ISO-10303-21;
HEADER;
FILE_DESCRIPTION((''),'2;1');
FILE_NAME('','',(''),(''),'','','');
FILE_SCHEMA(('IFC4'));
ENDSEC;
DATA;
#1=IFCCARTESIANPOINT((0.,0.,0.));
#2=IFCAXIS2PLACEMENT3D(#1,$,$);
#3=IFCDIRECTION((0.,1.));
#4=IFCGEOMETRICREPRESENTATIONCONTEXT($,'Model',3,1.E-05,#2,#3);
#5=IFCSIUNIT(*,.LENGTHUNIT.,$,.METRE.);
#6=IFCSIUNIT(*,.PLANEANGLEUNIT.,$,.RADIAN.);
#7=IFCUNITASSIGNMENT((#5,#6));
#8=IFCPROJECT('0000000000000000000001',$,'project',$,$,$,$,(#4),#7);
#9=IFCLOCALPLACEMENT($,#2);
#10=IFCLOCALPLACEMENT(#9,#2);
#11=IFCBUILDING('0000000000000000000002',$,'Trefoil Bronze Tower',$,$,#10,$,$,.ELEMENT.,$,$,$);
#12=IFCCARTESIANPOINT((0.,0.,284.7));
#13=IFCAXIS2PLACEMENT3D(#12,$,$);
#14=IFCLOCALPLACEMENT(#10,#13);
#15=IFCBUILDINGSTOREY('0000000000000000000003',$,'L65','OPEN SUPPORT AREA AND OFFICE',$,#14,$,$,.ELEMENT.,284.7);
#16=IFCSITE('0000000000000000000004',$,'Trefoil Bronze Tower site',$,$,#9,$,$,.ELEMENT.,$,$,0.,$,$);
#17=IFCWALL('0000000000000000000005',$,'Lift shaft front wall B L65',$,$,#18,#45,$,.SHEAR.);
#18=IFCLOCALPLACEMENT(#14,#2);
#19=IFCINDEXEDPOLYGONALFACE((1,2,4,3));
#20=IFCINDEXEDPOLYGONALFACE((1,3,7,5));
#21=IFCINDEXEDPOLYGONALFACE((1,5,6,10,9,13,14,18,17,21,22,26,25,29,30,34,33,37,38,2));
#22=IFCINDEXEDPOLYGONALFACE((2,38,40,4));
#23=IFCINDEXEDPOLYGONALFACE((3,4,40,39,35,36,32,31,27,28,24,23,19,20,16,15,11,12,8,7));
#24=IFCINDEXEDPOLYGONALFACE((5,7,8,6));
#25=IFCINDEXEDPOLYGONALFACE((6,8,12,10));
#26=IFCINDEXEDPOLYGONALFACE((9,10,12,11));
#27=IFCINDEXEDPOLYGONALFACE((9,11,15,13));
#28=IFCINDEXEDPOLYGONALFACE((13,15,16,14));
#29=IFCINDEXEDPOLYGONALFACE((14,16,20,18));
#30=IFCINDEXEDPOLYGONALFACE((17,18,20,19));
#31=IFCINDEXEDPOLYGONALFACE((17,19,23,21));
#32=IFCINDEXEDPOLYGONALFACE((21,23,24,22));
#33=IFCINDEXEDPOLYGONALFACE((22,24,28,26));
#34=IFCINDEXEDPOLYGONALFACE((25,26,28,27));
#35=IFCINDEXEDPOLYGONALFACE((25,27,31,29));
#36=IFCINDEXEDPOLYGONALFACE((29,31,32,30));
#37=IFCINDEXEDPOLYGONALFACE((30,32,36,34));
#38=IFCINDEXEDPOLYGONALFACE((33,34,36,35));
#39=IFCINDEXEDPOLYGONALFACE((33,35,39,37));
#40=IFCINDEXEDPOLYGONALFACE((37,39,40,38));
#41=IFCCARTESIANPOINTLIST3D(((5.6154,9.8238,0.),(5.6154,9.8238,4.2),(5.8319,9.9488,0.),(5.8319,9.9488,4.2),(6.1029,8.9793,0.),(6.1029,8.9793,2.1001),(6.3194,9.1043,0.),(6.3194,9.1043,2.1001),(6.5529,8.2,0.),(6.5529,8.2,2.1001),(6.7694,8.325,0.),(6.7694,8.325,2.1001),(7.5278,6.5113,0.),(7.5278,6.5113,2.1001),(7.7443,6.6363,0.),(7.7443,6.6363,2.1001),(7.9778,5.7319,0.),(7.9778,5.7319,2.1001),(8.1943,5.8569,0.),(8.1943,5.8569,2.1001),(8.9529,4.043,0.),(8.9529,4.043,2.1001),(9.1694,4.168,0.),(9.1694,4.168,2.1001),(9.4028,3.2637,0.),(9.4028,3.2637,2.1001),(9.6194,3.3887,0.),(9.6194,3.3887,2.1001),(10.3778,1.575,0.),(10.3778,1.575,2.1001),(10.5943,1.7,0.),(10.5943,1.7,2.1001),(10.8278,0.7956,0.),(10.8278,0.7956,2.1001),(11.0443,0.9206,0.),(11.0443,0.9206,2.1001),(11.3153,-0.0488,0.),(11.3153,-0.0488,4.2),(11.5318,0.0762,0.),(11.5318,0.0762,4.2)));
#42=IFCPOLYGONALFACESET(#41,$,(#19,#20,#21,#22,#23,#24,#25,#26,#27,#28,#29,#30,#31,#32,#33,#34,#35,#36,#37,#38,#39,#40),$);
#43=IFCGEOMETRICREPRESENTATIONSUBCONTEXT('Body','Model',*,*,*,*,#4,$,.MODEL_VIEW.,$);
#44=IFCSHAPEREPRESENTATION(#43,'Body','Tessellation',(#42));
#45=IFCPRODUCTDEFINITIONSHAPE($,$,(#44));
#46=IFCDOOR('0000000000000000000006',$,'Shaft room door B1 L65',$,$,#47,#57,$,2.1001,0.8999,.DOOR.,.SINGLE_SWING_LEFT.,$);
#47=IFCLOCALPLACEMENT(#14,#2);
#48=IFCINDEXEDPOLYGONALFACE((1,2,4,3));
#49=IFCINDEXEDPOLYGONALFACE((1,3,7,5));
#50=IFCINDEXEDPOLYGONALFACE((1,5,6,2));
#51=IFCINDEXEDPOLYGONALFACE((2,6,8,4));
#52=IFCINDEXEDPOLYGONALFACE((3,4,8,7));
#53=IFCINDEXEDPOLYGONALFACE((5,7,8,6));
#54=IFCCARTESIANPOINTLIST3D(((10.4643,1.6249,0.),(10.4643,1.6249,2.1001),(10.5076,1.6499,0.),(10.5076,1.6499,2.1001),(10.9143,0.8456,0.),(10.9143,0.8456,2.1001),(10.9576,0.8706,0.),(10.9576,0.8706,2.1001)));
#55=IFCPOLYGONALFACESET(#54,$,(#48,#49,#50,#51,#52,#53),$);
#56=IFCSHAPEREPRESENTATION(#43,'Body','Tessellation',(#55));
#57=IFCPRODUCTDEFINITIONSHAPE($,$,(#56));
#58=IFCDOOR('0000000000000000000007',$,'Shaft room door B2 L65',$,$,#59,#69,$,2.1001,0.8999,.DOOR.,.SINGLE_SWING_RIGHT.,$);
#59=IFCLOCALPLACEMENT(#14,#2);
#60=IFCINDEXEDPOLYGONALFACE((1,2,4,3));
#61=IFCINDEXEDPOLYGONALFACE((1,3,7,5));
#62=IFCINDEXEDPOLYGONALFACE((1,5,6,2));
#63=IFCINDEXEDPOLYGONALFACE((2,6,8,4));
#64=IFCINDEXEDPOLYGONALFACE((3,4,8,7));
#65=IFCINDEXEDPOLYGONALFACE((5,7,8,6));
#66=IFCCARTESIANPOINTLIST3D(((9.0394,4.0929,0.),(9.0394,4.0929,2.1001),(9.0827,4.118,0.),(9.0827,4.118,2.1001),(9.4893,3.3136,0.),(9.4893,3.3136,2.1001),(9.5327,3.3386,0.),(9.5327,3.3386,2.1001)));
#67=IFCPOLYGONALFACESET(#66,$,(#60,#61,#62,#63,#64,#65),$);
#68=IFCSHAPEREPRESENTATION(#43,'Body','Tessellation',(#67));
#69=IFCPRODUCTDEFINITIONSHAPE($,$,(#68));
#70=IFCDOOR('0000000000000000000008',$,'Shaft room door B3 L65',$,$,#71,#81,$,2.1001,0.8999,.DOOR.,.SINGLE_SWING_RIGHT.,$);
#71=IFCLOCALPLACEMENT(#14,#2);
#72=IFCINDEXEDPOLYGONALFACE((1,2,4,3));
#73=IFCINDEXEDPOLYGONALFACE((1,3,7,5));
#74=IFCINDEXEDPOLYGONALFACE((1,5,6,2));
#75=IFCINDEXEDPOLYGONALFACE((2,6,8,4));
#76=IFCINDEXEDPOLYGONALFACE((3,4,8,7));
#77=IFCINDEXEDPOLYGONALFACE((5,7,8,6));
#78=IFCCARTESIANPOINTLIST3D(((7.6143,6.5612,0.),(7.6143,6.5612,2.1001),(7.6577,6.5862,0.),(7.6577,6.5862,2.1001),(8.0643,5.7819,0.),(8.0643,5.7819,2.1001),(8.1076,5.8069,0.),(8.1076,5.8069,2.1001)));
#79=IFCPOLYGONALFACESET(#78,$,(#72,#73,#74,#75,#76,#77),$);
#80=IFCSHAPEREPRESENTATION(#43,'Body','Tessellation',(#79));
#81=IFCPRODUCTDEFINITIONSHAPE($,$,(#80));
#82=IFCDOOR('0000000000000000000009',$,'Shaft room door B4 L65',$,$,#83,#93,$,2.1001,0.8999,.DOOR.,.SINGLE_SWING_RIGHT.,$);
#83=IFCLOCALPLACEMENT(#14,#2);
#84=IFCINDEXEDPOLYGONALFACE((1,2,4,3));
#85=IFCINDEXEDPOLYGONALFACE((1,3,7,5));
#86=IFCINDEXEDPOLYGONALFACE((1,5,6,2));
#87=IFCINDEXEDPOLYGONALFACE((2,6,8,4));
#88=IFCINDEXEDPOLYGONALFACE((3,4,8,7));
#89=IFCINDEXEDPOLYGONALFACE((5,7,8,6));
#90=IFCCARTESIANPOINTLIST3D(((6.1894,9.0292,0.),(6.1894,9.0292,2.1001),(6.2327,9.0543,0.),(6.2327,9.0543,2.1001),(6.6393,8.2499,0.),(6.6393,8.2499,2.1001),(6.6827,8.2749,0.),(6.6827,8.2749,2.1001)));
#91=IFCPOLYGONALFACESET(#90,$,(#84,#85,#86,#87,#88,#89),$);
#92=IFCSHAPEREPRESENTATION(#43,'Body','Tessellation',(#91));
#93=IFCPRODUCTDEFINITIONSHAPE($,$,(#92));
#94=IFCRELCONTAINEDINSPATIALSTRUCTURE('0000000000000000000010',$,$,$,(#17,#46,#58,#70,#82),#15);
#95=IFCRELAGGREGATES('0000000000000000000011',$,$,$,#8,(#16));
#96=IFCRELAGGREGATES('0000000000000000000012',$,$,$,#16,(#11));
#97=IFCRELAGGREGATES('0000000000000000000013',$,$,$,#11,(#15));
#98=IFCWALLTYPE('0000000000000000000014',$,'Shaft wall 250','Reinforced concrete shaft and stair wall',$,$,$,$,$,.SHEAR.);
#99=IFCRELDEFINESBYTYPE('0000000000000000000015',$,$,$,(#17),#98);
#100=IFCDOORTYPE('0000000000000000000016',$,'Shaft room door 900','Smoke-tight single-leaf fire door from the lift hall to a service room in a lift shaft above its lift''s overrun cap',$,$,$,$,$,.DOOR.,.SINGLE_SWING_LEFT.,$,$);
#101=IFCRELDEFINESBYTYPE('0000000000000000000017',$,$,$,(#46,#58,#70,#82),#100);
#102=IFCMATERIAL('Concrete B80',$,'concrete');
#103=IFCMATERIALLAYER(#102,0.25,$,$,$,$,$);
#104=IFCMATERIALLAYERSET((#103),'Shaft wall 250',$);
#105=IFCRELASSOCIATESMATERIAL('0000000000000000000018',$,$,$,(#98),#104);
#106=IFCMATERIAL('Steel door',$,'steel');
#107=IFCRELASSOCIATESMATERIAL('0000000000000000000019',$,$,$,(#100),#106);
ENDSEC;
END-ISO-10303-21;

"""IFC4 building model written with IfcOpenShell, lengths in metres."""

from ifc_helpers import new_model, si_unit, direction, frame, frame_2d, origin, place, context, subcontext, project, spatial, rectangle, extrude, material, layer, layer_set, type_object, element, fill, save


model = new_model("IFC4")

# Units and contexts
model_context = context("Model", 3, precision=1e-05, world=origin(), true_north=direction((0.0, 1.0)))
body_context = subcontext(model_context, "Body", "Model", "MODEL_VIEW")
ifc_project = project(units=[si_unit("LENGTHUNIT", "METRE"), si_unit("PLANEANGLEUNIT", "RADIAN")], contexts=[model_context])

# Site, building, storey
site_placement = place(None, origin())
site = spatial("IfcSite", under=ifc_project, at=site_placement, Name="Trefoil Bronze Tower site", CompositionType="ELEMENT", RefElevation=0.0)
building_placement = place(site_placement, origin())
building = spatial("IfcBuilding", under=site, at=building_placement, Name="Trefoil Bronze Tower", CompositionType="ELEMENT")
storey_placement = place(building_placement, frame((0.0, 0.0, 284.7)))
storey = spatial("IfcBuildingStorey", under=building, at=storey_placement, Name="L65", Description="OPEN SUPPORT AREA AND OFFICE", CompositionType="ELEMENT", Elevation=284.7)

# Wall, openings, doors
ifc_material_1 = material(Name="Concrete B80", Category="concrete")
ifc_layer_1 = layer(ifc_material_1, 0.25)
ifc_layer_set_1 = layer_set([ifc_layer_1], Name="Shaft wall 250")
wall_type_1 = type_object("IfcWallType", Name="Shaft wall 250", Description="Reinforced concrete shaft and stair wall", PredefinedType="SHEAR", material=ifc_layer_set_1)
wall_1_placement = place(storey_placement, frame((11.4236, 0.0137, 0.0), z_axis=(0.0, 0.0, 1.0), x_axis=(-0.500002, 0.866024, 0.0)))
wall_1 = element("IfcWall", 1, at=wall_1_placement, inside=storey, type_object=wall_type_1, Name="Lift shaft front wall B L65", PredefinedType="SHEAR", context=body_context, shape_type="SweptSolid", body=[
    extrude(rectangle(XDim=11.3999, YDim=0.25, at=frame_2d((5.7, 0.0))), origin(), (0.0, 0.0, 1.0), 4.2),
])
opening_1_placement = place(wall_1_placement, frame((0.9751, 0.0, 0.0)))
opening_1 = element("IfcOpeningElement", 2, at=opening_1_placement, cuts=wall_1, PredefinedType="OPENING", context=body_context, shape_type="SweptSolid", body=[
    extrude(rectangle(XDim=0.8999, YDim=2.1001, at=frame_2d((0.45, 1.05))), frame((0.0, 0.135, 0.0), z_axis=(0.0, -1.0, 0.0), x_axis=(1.0, 0.0, 0.0)), (0.0, 0.0, 1.0), 0.27),
])
opening_2_placement = place(wall_1_placement, frame((3.825, 0.0, 0.0)))
opening_2 = element("IfcOpeningElement", 3, at=opening_2_placement, cuts=wall_1, PredefinedType="OPENING", context=body_context, shape_type="SweptSolid", body=[
    extrude(rectangle(XDim=0.8999, YDim=2.1001, at=frame_2d((0.45, 1.05))), frame((0.0, 0.135, 0.0), z_axis=(0.0, -1.0, 0.0), x_axis=(1.0, 0.0, 0.0)), (0.0, 0.0, 1.0), 0.27),
])
opening_3_placement = place(wall_1_placement, frame((6.675, 0.0, 0.0)))
opening_3 = element("IfcOpeningElement", 4, at=opening_3_placement, cuts=wall_1, PredefinedType="OPENING", context=body_context, shape_type="SweptSolid", body=[
    extrude(rectangle(XDim=0.8999, YDim=2.1001, at=frame_2d((0.45, 1.05))), frame((0.0, 0.135, 0.0), z_axis=(0.0, -1.0, 0.0), x_axis=(1.0, 0.0, 0.0)), (0.0, 0.0, 1.0), 0.27),
])
opening_4_placement = place(wall_1_placement, frame((9.5249, 0.0, 0.0)))
opening_4 = element("IfcOpeningElement", 5, at=opening_4_placement, cuts=wall_1, PredefinedType="OPENING", context=body_context, shape_type="SweptSolid", body=[
    extrude(rectangle(XDim=0.8999, YDim=2.1001, at=frame_2d((0.45, 1.05))), frame((0.0, 0.135, 0.0), z_axis=(0.0, -1.0, 0.0), x_axis=(1.0, 0.0, 0.0)), (0.0, 0.0, 1.0), 0.27),
])
ifc_material_2 = material(Name="Steel door", Category="steel")
door_type_1 = type_object("IfcDoorType", Name="Shaft room door 900", Description="Smoke-tight single-leaf fire door from the lift hall to a service room in a lift shaft above its lift's overrun cap", OperationType="SINGLE_SWING_LEFT", PredefinedType="DOOR", material=ifc_material_2)
door_1_placement = place(opening_1_placement, frame((0.8999, 0.0, 0.0), z_axis=(0.0, 0.0, 1.0), x_axis=(-1.0, 0.0, 0.0)))
door_1 = element("IfcDoor", 6, at=door_1_placement, inside=storey, type_object=door_type_1, Name="Shaft room door B1 L65", OperationType="SINGLE_SWING_LEFT", OverallHeight=2.1001, OverallWidth=0.8999, PredefinedType="DOOR", context=body_context, shape_type="SweptSolid", body=[
    extrude(rectangle(XDim=0.8999, YDim=2.1001, at=frame_2d((0.45, 1.05))), frame((0.0, 0.0249, 0.0), z_axis=(0.0, -1.0, 0.0), x_axis=(1.0, 0.0, 0.0)), (0.0, 0.0, 1.0), 0.05),
])
fill(opening_1, door_1)
door_2_placement = place(opening_2_placement, frame((0.8999, 0.0, 0.0), z_axis=(0.0, 0.0, 1.0), x_axis=(-1.0, 0.0, 0.0)))
door_2 = element("IfcDoor", 7, at=door_2_placement, inside=storey, type_object=door_type_1, Name="Shaft room door B2 L65", OperationType="SINGLE_SWING_RIGHT", OverallHeight=2.1001, OverallWidth=0.8999, PredefinedType="DOOR", context=body_context, shape_type="SweptSolid", body=[
    extrude(rectangle(XDim=0.8999, YDim=2.1001, at=frame_2d((0.45, 1.05))), frame((0.0, 0.0249, 0.0), z_axis=(0.0, -1.0, 0.0), x_axis=(1.0, 0.0, 0.0)), (0.0, 0.0, 1.0), 0.05),
])
fill(opening_2, door_2)
door_3_placement = place(opening_3_placement, frame((0.8999, 0.0, 0.0), z_axis=(0.0, 0.0, 1.0), x_axis=(-1.0, 0.0, 0.0)))
door_3 = element("IfcDoor", 8, at=door_3_placement, inside=storey, type_object=door_type_1, Name="Shaft room door B3 L65", OperationType="SINGLE_SWING_RIGHT", OverallHeight=2.1001, OverallWidth=0.8999, PredefinedType="DOOR", context=body_context, shape_type="SweptSolid", body=[
    extrude(rectangle(XDim=0.8999, YDim=2.1001, at=frame_2d((0.45, 1.05))), frame((0.0, 0.0249, 0.0), z_axis=(0.0, -1.0, 0.0), x_axis=(1.0, 0.0, 0.0)), (0.0, 0.0, 1.0), 0.05),
])
fill(opening_3, door_3)
door_4_placement = place(opening_4_placement, frame((0.8999, 0.0, 0.0), z_axis=(0.0, 0.0, 1.0), x_axis=(-1.0, 0.0, 0.0)))
door_4 = element("IfcDoor", 9, at=door_4_placement, inside=storey, type_object=door_type_1, Name="Shaft room door B4 L65", OperationType="SINGLE_SWING_RIGHT", OverallHeight=2.1001, OverallWidth=0.8999, PredefinedType="DOOR", context=body_context, shape_type="SweptSolid", body=[
    extrude(rectangle(XDim=0.8999, YDim=2.1001, at=frame_2d((0.45, 1.05))), frame((0.0, 0.0249, 0.0), z_axis=(0.0, -1.0, 0.0), x_axis=(1.0, 0.0, 0.0)), (0.0, 0.0, 1.0), 0.05),
])
fill(opening_4, door_4)

save(model, "model.ifc")
